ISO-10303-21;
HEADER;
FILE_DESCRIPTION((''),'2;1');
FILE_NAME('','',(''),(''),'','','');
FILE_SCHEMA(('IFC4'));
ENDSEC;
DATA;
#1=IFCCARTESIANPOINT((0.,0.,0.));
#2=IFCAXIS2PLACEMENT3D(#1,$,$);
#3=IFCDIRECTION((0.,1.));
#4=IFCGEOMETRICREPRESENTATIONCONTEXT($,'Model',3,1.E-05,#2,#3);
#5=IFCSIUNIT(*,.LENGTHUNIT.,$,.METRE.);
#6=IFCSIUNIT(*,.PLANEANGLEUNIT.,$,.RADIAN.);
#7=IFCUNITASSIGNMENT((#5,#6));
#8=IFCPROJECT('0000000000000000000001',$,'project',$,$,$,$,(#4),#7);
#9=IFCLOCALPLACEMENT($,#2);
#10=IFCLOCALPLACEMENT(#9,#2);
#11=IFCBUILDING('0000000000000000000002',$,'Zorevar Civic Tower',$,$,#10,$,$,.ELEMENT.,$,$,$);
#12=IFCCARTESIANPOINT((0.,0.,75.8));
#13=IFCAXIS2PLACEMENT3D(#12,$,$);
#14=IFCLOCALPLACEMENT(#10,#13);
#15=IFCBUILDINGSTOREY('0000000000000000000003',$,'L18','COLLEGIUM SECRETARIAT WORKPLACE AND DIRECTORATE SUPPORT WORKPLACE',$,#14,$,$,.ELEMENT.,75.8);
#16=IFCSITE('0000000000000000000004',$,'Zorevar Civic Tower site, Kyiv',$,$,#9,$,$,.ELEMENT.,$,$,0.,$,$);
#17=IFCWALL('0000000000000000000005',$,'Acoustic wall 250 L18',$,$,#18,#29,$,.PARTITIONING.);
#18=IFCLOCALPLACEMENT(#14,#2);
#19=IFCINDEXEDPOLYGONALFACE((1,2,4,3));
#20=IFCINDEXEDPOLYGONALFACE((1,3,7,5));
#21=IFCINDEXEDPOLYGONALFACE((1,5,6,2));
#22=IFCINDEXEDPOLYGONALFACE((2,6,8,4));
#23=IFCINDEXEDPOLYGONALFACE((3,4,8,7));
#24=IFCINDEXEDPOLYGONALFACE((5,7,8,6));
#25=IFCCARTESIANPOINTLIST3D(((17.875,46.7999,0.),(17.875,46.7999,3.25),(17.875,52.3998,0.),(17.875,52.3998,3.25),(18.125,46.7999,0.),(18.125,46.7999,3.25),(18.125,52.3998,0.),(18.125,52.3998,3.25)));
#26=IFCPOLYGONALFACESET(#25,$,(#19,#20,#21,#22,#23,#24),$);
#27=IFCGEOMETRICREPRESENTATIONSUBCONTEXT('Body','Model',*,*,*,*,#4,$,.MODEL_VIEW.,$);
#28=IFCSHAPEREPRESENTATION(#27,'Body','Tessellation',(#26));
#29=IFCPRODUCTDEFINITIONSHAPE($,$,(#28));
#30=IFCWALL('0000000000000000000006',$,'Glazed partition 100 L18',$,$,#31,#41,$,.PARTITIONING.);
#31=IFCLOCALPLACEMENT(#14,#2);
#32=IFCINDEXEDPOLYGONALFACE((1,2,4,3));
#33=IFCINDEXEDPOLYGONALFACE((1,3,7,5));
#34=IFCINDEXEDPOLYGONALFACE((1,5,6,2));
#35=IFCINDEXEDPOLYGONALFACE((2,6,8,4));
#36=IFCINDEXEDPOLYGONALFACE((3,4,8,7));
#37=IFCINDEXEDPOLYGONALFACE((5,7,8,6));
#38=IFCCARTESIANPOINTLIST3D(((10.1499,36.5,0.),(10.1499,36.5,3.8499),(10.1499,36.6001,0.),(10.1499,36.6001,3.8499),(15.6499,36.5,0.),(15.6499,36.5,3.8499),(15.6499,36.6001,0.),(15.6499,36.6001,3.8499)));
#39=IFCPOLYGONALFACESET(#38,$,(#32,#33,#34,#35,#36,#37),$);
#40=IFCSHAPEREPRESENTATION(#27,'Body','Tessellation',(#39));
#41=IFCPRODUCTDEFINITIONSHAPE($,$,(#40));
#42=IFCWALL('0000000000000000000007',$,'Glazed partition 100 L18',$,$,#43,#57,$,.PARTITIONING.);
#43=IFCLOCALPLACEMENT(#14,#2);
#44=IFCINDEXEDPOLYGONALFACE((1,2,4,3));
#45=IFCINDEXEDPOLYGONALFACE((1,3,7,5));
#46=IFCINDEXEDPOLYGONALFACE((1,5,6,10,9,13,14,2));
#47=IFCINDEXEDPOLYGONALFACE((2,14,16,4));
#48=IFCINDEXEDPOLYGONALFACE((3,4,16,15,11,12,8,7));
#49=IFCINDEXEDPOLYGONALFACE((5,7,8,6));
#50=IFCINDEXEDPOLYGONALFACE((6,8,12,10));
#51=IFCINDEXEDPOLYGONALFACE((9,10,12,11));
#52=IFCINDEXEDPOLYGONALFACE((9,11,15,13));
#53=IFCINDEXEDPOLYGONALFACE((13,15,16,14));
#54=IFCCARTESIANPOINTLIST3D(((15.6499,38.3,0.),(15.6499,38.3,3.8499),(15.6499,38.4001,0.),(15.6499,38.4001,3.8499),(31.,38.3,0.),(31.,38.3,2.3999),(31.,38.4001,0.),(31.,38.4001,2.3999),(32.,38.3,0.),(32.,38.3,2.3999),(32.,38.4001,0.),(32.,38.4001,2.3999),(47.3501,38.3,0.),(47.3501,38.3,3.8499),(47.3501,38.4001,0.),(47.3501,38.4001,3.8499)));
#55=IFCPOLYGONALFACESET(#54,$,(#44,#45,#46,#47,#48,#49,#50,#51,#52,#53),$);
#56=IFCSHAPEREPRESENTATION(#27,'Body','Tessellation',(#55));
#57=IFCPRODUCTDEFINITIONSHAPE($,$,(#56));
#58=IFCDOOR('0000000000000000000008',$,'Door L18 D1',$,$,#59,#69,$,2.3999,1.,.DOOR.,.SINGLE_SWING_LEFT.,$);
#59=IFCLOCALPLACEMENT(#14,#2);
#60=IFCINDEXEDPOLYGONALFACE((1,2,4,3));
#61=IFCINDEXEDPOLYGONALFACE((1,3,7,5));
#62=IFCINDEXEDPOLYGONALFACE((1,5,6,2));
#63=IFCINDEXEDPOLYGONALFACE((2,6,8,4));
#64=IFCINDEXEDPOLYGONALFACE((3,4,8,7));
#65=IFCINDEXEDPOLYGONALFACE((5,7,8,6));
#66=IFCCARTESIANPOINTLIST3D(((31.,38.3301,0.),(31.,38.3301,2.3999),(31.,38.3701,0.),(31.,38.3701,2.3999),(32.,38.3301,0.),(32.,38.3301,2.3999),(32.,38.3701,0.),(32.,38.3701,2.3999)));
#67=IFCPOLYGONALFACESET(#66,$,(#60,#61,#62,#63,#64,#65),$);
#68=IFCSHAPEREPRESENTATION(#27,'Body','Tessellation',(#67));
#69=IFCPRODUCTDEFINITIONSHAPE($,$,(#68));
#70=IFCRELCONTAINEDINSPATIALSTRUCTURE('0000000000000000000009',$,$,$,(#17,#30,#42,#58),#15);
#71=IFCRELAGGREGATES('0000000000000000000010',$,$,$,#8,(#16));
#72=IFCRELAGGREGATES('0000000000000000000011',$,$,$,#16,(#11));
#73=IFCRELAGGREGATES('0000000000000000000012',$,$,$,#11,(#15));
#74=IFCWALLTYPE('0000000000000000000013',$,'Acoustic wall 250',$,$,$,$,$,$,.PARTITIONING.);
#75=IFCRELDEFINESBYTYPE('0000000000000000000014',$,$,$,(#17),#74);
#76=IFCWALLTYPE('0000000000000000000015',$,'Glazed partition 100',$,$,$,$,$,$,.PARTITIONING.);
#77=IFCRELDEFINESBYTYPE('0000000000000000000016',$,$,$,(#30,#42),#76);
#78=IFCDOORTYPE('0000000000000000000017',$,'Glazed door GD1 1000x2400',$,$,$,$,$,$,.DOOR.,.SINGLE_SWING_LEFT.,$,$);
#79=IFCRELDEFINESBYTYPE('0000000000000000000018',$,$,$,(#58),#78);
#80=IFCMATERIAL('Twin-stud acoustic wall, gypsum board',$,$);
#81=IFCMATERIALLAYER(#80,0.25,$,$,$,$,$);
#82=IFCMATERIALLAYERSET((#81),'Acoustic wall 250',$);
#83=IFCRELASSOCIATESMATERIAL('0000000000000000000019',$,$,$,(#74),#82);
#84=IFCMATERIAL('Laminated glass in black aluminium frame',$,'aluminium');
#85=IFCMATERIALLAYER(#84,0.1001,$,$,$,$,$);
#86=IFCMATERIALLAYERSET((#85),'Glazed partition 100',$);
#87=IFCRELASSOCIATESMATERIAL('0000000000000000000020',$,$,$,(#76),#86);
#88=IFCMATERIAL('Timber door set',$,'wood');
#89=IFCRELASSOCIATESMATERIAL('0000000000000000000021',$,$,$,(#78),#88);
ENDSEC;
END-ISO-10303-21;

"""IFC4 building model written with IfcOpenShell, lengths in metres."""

from ifc_helpers import new_model, si_unit, direction, frame, frame_2d, origin, place, context, subcontext, project, spatial, rectangle, extrude, material, layer, layer_set, type_object, element, fill, save


model = new_model("IFC4")

# Units and contexts
model_context = context("Model", 3, precision=1e-05, world=origin(), true_north=direction((0.0, 1.0)))
body_context = subcontext(model_context, "Body", "Model", "MODEL_VIEW")
ifc_project = project(units=[si_unit("LENGTHUNIT", "METRE"), si_unit("PLANEANGLEUNIT", "RADIAN")], contexts=[model_context])

# Site, building, storey
site_placement = place(None, origin())
site = spatial("IfcSite", under=ifc_project, at=site_placement, Name="Zorevar Civic Tower site, Kyiv", CompositionType="ELEMENT", RefElevation=0.0)
building_placement = place(site_placement, origin())
building = spatial("IfcBuilding", under=site, at=building_placement, Name="Zorevar Civic Tower", CompositionType="ELEMENT")
storey_placement = place(building_placement, frame((0.0, 0.0, 75.8)))
storey = spatial("IfcBuildingStorey", under=building, at=storey_placement, Name="L18", Description="COLLEGIUM SECRETARIAT WORKPLACE AND DIRECTORATE SUPPORT WORKPLACE", CompositionType="ELEMENT", Elevation=75.8)

# Shared definitions
ifc_material_1 = material(Name="Twin-stud acoustic wall, gypsum board")
ifc_layer_1 = layer(ifc_material_1, 0.25)
ifc_layer_set_1 = layer_set([ifc_layer_1], Name="Acoustic wall 250")
wall_type_1 = type_object("IfcWallType", Name="Acoustic wall 250", PredefinedType="PARTITIONING", material=ifc_layer_set_1)

# Walls
wall_1_placement = place(storey_placement, frame((18.0, 46.8, 0.0), z_axis=(0.0, 0.0, 1.0), x_axis=(0.0, 1.0, 0.0)))
element("IfcWall", 1, at=wall_1_placement, inside=storey, type_object=wall_type_1, Name="Acoustic wall 250 L18", PredefinedType="PARTITIONING", context=body_context, shape_type="SweptSolid", body=[
    extrude(rectangle(XDim=5.5999, YDim=0.25, at=frame_2d((2.7998, 0.0))), origin(), (0.0, 0.0, 1.0), 3.25),
])
ifc_material_2 = material(Name="Laminated glass in black aluminium frame", Category="aluminium")
ifc_layer_2 = layer(ifc_material_2, 0.1001)
ifc_layer_set_2 = layer_set([ifc_layer_2], Name="Glazed partition 100")
wall_type_2 = type_object("IfcWallType", Name="Glazed partition 100", PredefinedType="PARTITIONING", material=ifc_layer_set_2)
wall_2_placement = place(storey_placement, frame((10.1499, 36.55, 0.0), z_axis=(0.0, 0.0, 1.0), x_axis=(1.0, 0.0, 0.0)))
element("IfcWall", 2, at=wall_2_placement, inside=storey, type_object=wall_type_2, Name="Glazed partition 100 L18", PredefinedType="PARTITIONING", context=body_context, shape_type="SweptSolid", body=[
    extrude(rectangle(XDim=5.5, YDim=0.1001, at=frame_2d((2.75, 0.0))), origin(), (0.0, 0.0, 1.0), 3.8499),
])

# Wall, opening, door
wall_3_placement = place(storey_placement, frame((15.6499, 38.3501, 0.0), z_axis=(0.0, 0.0, 1.0), x_axis=(1.0, 0.0, 0.0)))
wall_3 = element("IfcWall", 3, at=wall_3_placement, inside=storey, type_object=wall_type_2, Name="Glazed partition 100 L18", PredefinedType="PARTITIONING", context=body_context, shape_type="SweptSolid", body=[
    extrude(rectangle(XDim=31.7002, YDim=0.1001, at=frame_2d((15.8501, 0.0))), origin(), (0.0, 0.0, 1.0), 3.8499),
])
opening_1_placement = place(wall_3_placement, frame((15.3501, 0.0, 0.0)))
opening_1 = element("IfcOpeningElement", 4, at=opening_1_placement, cuts=wall_3, PredefinedType="OPENING", context=body_context, shape_type="SweptSolid", body=[
    extrude(rectangle(XDim=1.0, YDim=2.3999, at=frame_2d((0.5, 1.2))), frame((0.0, 0.0601, 0.0), z_axis=(0.0, -1.0, 0.0), x_axis=(1.0, 0.0, 0.0)), (0.0, 0.0, 1.0), 0.1201),
])
ifc_material_3 = material(Name="Timber door set", Category="wood")
door_type_1 = type_object("IfcDoorType", Name="Glazed door GD1 1000x2400", OperationType="SINGLE_SWING_LEFT", PredefinedType="DOOR", material=ifc_material_3)
door_1_placement = place(opening_1_placement, origin())
door_1 = element("IfcDoor", 5, at=door_1_placement, inside=storey, type_object=door_type_1, Name="Door L18 D1", OperationType="SINGLE_SWING_LEFT", OverallHeight=2.3999, OverallWidth=1.0, PredefinedType="DOOR", context=body_context, shape_type="SweptSolid", body=[
    extrude(rectangle(XDim=1.0, YDim=2.3999, at=frame_2d((0.5, 1.2))), frame((0.0, 0.02, 0.0), z_axis=(0.0, -1.0, 0.0), x_axis=(1.0, 0.0, 0.0)), (0.0, 0.0, 1.0), 0.04),
])
fill(opening_1, door_1)

save(model, "model.ifc")
